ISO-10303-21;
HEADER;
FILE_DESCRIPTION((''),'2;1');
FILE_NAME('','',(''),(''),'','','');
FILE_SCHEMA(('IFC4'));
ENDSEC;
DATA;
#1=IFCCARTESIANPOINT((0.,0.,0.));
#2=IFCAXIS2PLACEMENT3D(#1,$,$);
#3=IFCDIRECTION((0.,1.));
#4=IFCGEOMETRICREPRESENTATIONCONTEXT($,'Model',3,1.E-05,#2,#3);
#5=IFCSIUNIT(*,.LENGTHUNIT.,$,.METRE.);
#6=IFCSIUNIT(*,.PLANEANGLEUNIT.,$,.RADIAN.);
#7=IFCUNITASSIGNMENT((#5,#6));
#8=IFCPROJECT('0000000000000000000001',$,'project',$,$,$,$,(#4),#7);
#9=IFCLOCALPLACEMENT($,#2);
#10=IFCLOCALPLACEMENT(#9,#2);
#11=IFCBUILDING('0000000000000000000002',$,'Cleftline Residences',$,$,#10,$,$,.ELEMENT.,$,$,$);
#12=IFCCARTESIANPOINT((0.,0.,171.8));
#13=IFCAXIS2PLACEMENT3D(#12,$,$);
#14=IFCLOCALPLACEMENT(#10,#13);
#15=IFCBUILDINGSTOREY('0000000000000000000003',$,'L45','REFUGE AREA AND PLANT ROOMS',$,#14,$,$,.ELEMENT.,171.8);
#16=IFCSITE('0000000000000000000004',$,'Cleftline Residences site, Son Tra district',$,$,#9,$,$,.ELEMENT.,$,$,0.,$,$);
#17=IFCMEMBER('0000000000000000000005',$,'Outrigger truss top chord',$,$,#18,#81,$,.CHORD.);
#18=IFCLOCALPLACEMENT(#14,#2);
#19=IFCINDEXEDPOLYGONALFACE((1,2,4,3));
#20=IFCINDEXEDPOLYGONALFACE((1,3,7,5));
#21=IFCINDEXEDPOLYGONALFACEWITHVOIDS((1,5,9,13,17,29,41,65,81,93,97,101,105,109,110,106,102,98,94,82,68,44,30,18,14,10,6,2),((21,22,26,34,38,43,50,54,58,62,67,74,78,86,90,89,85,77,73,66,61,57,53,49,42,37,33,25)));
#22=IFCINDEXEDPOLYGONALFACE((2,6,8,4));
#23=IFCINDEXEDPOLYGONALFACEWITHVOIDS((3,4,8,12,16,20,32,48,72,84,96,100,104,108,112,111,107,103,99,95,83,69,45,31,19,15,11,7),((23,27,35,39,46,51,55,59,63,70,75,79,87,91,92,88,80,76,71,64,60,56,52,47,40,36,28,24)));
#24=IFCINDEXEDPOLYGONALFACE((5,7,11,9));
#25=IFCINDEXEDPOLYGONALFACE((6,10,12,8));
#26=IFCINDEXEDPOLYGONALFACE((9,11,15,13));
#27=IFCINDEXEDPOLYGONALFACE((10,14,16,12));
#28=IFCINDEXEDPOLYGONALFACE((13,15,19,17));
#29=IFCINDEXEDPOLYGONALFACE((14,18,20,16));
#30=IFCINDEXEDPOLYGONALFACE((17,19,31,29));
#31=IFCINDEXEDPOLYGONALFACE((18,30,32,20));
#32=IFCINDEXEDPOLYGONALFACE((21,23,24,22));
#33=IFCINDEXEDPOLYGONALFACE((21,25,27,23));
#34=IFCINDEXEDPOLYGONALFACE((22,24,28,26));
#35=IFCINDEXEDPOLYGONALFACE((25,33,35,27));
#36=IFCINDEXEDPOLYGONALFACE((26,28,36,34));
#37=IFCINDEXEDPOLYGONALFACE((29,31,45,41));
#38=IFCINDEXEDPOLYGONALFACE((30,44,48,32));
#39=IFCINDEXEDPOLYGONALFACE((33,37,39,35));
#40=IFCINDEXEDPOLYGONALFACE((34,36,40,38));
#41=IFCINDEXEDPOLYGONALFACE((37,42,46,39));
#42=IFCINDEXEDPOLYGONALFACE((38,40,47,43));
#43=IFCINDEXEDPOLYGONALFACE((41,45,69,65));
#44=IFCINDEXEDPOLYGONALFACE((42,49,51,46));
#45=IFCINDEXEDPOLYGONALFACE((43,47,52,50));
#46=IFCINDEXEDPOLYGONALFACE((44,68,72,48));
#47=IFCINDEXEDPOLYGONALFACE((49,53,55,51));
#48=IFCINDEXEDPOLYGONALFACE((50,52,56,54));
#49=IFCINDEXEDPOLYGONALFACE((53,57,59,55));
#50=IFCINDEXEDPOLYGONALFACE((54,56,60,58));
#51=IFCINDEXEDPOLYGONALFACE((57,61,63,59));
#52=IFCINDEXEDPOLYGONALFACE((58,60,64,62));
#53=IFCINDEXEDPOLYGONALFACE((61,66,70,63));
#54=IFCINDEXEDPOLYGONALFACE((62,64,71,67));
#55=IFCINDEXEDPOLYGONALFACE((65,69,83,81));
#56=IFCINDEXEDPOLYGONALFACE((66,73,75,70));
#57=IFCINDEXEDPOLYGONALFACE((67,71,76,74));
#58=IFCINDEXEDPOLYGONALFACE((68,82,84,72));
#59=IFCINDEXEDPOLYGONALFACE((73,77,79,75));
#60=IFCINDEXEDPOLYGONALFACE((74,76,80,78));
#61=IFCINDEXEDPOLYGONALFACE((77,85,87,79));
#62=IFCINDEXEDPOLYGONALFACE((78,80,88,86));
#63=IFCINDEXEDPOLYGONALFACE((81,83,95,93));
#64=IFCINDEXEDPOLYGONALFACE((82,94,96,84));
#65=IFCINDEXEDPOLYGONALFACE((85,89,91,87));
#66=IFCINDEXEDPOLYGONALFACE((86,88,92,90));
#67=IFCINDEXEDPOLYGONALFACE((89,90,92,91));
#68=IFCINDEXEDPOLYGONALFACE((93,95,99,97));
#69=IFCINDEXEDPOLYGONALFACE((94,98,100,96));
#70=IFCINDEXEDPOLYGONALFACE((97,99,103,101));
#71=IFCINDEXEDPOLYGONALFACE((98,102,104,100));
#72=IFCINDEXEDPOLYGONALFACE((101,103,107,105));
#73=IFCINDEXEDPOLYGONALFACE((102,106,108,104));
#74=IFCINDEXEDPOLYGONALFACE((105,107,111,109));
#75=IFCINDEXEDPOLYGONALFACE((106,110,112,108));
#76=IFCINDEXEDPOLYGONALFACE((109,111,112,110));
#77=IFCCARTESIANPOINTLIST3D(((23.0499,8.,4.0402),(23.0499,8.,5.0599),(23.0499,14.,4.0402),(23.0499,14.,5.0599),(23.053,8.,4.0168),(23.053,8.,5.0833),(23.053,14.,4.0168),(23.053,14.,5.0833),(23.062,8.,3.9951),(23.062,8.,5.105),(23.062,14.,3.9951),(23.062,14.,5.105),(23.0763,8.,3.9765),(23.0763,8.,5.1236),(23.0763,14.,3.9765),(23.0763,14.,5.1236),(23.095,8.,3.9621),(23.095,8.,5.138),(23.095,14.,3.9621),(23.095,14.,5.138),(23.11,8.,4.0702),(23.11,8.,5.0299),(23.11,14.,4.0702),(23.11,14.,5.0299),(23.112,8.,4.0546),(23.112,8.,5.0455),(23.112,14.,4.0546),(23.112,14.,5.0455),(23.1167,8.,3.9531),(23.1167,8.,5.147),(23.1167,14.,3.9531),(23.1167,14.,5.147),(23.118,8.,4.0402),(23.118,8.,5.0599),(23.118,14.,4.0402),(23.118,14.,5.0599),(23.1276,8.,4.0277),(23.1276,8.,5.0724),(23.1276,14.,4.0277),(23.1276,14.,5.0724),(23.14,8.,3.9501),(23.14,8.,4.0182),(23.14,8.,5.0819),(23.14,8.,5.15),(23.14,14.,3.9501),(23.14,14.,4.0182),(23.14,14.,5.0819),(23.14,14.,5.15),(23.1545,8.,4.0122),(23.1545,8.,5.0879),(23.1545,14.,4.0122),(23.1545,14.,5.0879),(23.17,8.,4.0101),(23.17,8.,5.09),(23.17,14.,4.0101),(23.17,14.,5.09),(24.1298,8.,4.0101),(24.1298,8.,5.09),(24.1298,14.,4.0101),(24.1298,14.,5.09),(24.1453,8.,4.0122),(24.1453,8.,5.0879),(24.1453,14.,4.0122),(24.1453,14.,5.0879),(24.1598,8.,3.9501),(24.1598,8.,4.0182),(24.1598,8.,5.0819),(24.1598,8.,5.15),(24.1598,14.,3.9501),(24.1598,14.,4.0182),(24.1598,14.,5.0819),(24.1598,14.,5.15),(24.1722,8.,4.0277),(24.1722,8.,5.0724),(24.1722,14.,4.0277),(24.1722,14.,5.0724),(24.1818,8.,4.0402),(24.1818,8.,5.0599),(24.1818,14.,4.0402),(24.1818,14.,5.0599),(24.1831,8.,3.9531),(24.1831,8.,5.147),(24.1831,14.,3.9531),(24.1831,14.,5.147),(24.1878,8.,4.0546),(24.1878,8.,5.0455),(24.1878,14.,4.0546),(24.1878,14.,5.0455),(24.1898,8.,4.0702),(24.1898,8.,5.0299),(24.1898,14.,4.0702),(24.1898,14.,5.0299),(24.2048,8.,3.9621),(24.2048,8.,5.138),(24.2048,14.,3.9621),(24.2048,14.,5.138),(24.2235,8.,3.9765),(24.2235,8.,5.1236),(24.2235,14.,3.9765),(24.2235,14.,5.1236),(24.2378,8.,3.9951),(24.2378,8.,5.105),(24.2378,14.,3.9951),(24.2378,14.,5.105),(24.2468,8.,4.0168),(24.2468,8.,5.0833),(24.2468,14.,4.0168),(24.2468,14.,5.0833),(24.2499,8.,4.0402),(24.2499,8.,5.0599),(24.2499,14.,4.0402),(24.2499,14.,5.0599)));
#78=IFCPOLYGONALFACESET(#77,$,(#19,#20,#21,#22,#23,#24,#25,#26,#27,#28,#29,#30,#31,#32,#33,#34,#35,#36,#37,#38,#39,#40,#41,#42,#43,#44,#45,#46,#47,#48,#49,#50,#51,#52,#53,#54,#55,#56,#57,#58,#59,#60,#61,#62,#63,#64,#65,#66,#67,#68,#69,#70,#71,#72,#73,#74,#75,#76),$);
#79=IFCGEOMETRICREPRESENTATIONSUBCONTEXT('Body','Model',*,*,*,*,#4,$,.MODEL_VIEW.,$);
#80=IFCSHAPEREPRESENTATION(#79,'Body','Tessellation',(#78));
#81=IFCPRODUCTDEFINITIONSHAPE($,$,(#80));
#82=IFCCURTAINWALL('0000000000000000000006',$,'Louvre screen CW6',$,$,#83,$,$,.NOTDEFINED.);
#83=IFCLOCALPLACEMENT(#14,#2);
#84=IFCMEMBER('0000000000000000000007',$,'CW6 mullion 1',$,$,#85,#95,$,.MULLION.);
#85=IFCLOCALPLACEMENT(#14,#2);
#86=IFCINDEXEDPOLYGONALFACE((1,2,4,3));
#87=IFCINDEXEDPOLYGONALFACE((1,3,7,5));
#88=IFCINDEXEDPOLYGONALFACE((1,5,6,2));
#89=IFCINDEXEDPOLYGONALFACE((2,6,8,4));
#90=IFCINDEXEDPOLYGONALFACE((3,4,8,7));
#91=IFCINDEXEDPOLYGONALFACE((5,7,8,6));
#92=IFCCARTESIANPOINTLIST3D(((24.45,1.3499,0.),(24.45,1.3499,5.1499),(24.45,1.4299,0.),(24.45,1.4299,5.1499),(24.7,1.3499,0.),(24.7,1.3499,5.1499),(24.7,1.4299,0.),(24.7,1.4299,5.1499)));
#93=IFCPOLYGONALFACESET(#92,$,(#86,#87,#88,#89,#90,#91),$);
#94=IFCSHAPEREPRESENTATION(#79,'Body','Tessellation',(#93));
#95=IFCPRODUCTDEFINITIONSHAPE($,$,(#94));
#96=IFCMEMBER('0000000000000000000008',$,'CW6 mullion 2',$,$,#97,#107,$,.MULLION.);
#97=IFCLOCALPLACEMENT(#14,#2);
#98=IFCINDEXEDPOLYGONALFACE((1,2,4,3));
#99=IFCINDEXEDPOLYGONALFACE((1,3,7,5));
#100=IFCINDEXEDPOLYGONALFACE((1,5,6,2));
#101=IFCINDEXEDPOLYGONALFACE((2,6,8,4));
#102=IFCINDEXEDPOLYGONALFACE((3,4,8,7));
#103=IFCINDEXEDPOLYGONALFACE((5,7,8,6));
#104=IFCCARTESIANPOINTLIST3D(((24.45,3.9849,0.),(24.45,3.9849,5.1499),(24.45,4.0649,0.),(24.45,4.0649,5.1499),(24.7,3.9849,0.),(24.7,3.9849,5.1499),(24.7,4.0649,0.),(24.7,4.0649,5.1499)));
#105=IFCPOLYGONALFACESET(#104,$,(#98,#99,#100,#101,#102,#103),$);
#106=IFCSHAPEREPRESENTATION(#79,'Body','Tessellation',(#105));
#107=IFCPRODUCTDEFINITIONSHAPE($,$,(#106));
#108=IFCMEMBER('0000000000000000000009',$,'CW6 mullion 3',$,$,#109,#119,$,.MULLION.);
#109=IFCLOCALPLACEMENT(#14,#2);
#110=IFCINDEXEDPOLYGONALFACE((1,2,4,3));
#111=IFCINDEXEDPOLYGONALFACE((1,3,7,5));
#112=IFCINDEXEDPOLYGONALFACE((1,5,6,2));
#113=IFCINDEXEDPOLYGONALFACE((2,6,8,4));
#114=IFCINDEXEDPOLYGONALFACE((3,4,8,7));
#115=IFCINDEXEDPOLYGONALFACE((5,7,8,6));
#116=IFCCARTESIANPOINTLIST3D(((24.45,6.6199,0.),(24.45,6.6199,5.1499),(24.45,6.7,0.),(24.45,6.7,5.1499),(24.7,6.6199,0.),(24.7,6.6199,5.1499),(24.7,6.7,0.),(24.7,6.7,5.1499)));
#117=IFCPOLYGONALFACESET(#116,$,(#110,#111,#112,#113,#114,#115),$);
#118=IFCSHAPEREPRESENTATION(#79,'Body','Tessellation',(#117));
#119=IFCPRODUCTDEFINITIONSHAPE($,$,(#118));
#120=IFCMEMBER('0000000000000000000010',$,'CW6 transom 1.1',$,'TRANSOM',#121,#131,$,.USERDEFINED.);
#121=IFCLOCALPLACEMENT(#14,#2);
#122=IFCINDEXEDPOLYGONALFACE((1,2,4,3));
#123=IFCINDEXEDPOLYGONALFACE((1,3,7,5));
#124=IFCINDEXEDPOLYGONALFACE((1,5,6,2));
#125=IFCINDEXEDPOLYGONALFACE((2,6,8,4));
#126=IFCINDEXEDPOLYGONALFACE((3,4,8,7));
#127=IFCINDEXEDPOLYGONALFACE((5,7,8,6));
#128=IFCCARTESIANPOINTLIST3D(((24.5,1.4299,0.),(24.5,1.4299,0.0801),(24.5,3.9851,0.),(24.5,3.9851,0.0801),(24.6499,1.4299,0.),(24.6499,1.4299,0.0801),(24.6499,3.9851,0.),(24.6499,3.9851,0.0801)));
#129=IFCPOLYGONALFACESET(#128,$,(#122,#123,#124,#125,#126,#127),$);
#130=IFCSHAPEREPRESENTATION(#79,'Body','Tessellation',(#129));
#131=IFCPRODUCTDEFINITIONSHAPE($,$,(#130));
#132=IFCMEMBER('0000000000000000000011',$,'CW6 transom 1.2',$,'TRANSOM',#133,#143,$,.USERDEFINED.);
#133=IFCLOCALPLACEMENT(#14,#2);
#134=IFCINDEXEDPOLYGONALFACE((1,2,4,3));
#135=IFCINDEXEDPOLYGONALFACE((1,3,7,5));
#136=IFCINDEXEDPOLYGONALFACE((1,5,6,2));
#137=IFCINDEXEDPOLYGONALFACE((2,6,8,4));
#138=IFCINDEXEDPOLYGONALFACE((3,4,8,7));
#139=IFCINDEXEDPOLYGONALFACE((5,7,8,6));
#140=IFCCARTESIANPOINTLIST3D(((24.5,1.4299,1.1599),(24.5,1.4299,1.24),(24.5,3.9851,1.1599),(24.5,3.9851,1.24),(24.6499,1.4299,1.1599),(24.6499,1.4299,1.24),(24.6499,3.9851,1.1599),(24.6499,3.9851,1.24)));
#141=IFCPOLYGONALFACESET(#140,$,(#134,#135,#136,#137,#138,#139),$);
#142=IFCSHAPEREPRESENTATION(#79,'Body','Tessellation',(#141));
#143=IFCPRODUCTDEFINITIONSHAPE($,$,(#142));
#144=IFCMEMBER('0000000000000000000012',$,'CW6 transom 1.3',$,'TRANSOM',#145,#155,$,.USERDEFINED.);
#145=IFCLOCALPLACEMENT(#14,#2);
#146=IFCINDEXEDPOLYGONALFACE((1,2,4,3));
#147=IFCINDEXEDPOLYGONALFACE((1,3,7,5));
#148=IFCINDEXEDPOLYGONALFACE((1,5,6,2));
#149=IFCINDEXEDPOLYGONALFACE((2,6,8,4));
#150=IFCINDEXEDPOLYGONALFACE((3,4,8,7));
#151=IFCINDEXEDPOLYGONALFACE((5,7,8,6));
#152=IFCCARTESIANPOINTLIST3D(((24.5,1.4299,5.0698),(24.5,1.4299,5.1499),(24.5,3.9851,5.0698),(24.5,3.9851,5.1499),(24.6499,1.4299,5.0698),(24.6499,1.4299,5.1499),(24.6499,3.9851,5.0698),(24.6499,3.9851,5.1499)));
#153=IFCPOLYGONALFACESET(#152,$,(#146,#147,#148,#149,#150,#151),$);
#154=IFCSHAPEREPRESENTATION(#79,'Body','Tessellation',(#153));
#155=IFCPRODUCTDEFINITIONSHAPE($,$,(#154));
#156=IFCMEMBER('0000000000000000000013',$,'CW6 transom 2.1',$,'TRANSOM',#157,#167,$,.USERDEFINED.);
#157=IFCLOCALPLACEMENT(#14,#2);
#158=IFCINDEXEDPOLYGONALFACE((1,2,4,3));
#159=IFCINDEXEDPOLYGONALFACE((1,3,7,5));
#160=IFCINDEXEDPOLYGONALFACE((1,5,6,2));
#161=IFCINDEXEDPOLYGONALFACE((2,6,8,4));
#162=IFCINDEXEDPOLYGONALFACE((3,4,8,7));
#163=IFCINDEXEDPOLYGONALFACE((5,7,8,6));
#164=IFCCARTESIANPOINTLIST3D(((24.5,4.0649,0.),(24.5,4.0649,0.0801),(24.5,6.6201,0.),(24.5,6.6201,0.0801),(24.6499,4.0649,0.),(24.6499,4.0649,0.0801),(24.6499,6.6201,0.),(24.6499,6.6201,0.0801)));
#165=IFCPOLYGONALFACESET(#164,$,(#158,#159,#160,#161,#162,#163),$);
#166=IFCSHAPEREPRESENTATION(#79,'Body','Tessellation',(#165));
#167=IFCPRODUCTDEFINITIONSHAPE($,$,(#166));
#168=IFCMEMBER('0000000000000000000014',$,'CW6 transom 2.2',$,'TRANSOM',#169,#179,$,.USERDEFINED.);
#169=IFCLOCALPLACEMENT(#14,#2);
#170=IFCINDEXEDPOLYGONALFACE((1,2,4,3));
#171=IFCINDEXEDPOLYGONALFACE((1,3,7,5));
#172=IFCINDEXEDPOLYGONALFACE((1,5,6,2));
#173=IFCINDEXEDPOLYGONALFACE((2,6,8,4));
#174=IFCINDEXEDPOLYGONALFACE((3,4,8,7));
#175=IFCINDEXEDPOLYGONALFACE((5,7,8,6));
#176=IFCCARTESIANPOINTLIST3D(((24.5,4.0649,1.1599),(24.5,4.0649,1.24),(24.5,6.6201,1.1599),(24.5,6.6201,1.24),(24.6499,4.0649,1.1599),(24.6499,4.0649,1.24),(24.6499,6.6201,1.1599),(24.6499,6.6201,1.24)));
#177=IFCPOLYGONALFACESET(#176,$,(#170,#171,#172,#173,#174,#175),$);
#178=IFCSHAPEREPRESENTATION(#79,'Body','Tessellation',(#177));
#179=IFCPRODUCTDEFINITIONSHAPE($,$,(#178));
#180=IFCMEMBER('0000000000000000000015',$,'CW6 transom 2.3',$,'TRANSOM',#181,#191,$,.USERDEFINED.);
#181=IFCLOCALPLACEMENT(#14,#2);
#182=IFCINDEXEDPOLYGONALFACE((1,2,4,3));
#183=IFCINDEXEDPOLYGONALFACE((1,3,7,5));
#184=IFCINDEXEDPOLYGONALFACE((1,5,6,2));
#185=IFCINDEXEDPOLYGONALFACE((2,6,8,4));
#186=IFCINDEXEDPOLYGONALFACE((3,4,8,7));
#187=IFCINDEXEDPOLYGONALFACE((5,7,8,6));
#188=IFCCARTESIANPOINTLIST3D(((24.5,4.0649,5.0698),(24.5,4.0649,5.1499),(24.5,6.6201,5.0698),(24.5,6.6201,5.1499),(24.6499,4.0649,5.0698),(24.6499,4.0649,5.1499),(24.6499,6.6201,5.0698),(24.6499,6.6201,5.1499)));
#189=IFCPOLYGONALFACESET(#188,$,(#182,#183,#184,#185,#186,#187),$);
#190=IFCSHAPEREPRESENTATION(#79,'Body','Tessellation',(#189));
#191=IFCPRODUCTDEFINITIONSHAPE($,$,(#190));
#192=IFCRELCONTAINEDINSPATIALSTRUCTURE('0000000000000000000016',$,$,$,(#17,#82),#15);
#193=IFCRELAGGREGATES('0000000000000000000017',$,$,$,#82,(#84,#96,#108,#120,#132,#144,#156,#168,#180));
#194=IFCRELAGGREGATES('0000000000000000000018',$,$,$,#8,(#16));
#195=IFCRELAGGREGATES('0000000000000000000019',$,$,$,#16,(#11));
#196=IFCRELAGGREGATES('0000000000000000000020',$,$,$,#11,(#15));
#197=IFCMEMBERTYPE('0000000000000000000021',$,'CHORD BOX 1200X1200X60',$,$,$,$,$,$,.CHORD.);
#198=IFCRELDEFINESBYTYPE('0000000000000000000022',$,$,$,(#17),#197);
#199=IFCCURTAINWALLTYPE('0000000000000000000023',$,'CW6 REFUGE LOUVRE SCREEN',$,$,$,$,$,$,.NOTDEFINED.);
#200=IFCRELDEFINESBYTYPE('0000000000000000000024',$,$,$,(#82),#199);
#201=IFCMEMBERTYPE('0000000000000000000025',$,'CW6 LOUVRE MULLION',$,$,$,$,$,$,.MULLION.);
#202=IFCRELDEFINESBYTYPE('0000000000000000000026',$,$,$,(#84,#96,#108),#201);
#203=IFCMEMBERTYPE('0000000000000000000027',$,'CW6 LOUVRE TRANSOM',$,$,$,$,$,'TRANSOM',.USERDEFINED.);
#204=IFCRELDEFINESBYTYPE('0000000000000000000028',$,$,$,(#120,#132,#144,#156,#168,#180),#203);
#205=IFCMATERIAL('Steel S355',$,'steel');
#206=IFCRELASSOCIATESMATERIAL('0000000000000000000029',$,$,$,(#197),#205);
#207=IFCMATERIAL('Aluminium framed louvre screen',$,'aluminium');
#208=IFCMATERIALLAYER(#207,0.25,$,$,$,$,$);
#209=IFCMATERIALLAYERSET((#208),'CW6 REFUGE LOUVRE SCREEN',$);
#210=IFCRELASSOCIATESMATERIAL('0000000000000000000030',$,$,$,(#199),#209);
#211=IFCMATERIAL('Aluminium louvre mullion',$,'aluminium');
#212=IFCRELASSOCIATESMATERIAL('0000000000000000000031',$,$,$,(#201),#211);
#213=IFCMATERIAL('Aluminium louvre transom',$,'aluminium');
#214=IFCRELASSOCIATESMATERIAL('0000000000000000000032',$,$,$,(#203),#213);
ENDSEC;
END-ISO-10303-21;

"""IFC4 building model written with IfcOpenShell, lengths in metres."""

from ifc_helpers import new_model, si_unit, direction, frame, origin, origin_2d, place, context, subcontext, project, spatial, rectangle, hollow_rectangle, extrude, material, layer, layer_set, material_profile, profile_set, type_object, element, aggregate, save


model = new_model("IFC4")

# Units and contexts
model_context = context("Model", 3, precision=1e-05, world=origin(), true_north=direction((0.0, 1.0)))
body_context = subcontext(model_context, "Body", "Model", "MODEL_VIEW")
ifc_project = project(units=[si_unit("LENGTHUNIT", "METRE"), si_unit("PLANEANGLEUNIT", "RADIAN")], contexts=[model_context])

# Site, building, storey
site_placement = place(None, origin())
site = spatial("IfcSite", under=ifc_project, at=site_placement, Name="Cleftline Residences site, Son Tra district", CompositionType="ELEMENT", RefElevation=0.0)
building_placement = place(site_placement, origin())
building = spatial("IfcBuilding", under=site, at=building_placement, Name="Cleftline Residences", CompositionType="ELEMENT")
storey_placement = place(building_placement, frame((0.0, 0.0, 171.8)))
storey = spatial("IfcBuildingStorey", under=building, at=storey_placement, Name="L45", Description="REFUGE AREA AND PLANT ROOMS", CompositionType="ELEMENT", Elevation=171.8)

# Member
ifc_material_1 = material(Name="Steel S355", Category="steel")
ifc_material_profile_1 = material_profile(ifc_material_1, hollow_rectangle(XDim=1.2, YDim=1.2, WallThickness=0.0601, InnerFilletRadius=0.0601, OuterFilletRadius=0.0901, at=origin_2d()))
ifc_profile_set_1 = profile_set([ifc_material_profile_1], Name="Steel S355")
member_type_1 = type_object("IfcMemberType", Name="CHORD BOX 1200X1200X60", PredefinedType="CHORD", material=ifc_profile_set_1)
for number, where, z_axis, x_axis, name in (
    (1, (23.6499, 8.0, 4.55), (0.0, 1.0, 0.0), (-1.0, 0.0, 0.0), "Outrigger truss top chord"),
):
    element("IfcMember", number, at=place(storey_placement, frame(where, z_axis=z_axis, x_axis=x_axis)), inside=storey, type_object=member_type_1, Name=name, PredefinedType="CHORD", context=body_context, shape_type="SweptSolid", body=[
        extrude(hollow_rectangle(XDim=1.2, YDim=1.2, WallThickness=0.0601, InnerFilletRadius=0.0601, OuterFilletRadius=0.0901, at=origin_2d()), origin(), (0.0, 0.0, 1.0), 6.0),
    ])

# Curtain wall, members
ifc_material_2 = material(Name="Aluminium framed louvre screen", Category="aluminium")
ifc_layer_1 = layer(ifc_material_2, 0.25)
ifc_layer_set_1 = layer_set([ifc_layer_1], Name="CW6 REFUGE LOUVRE SCREEN")
curtain_wall_type = type_object("IfcCurtainWallType", Name="CW6 REFUGE LOUVRE SCREEN", PredefinedType="NOTDEFINED", material=ifc_layer_set_1)
curtain_wall_placement = place(storey_placement, origin())
curtain_wall = element("IfcCurtainWall", 2, at=curtain_wall_placement, inside=storey, type_object=curtain_wall_type, Name="Louvre screen CW6", PredefinedType="NOTDEFINED")
ifc_material_3 = material(Name="Aluminium louvre mullion", Category="aluminium")
ifc_material_profile_2 = material_profile(ifc_material_3, rectangle(XDim=0.25, YDim=0.0801, at=origin_2d()))
ifc_profile_set_2 = profile_set([ifc_material_profile_2], Name="Aluminium louvre mullion")
member_type_2 = type_object("IfcMemberType", Name="CW6 LOUVRE MULLION", PredefinedType="MULLION", material=ifc_profile_set_2)
member_1_placement = place(storey_placement, frame((24.575, 1.3899, 0.0), z_axis=(0.0, 0.0, 1.0), x_axis=(-1.0, 0.0, 0.0)))
member_1 = element("IfcMember", 3, at=member_1_placement, type_object=member_type_2, Name="CW6 mullion 1", PredefinedType="MULLION", context=body_context, shape_type="SweptSolid", body=[
    extrude(rectangle(XDim=0.25, YDim=0.0801, at=origin_2d()), origin(), (0.0, 0.0, 1.0), 5.1499),
])
member_2_placement = place(storey_placement, frame((24.575, 4.0249, 0.0), z_axis=(0.0, 0.0, 1.0), x_axis=(-1.0, 0.0, 0.0)))
member_2 = element("IfcMember", 4, at=member_2_placement, type_object=member_type_2, Name="CW6 mullion 2", PredefinedType="MULLION", context=body_context, shape_type="SweptSolid", body=[
    extrude(rectangle(XDim=0.25, YDim=0.0801, at=origin_2d()), origin(), (0.0, 0.0, 1.0), 5.1499),
])
member_3_placement = place(storey_placement, frame((24.575, 6.6599, 0.0), z_axis=(0.0, 0.0, 1.0), x_axis=(-1.0, 0.0, 0.0)))
member_3 = element("IfcMember", 5, at=member_3_placement, type_object=member_type_2, Name="CW6 mullion 3", PredefinedType="MULLION", context=body_context, shape_type="SweptSolid", body=[
    extrude(rectangle(XDim=0.25, YDim=0.0801, at=origin_2d()), origin(), (0.0, 0.0, 1.0), 5.1499),
])
ifc_material_4 = material(Name="Aluminium louvre transom", Category="aluminium")
ifc_material_profile_3 = material_profile(ifc_material_4, rectangle(XDim=0.1499, YDim=0.0801, at=origin_2d()))
ifc_profile_set_3 = profile_set([ifc_material_profile_3], Name="Aluminium louvre transom")
member_type_3 = type_object("IfcMemberType", Name="CW6 LOUVRE TRANSOM", ElementType="TRANSOM", PredefinedType="USERDEFINED", material=ifc_profile_set_3)
member_4_placement = place(storey_placement, frame((24.575, 1.4299, 0.04), z_axis=(0.0, 1.0, 0.0), x_axis=(-1.0, 0.0, 0.0)))
member_4 = element("IfcMember", 6, at=member_4_placement, type_object=member_type_3, Name="CW6 transom 1.1", ObjectType="TRANSOM", PredefinedType="USERDEFINED", context=body_context, shape_type="SweptSolid", body=[
    extrude(rectangle(XDim=0.1499, YDim=0.0801, at=origin_2d()), origin(), (0.0, 0.0, 1.0), 2.5552),
])
member_5_placement = place(storey_placement, frame((24.575, 1.4299, 1.2), z_axis=(0.0, 1.0, 0.0), x_axis=(-1.0, 0.0, 0.0)))
member_5 = element("IfcMember", 7, at=member_5_placement, type_object=member_type_3, Name="CW6 transom 1.2", ObjectType="TRANSOM", PredefinedType="USERDEFINED", context=body_context, shape_type="SweptSolid", body=[
    extrude(rectangle(XDim=0.1499, YDim=0.0801, at=origin_2d()), origin(), (0.0, 0.0, 1.0), 2.5552),
])
member_6_placement = place(storey_placement, frame((24.575, 1.4299, 5.1099), z_axis=(0.0, 1.0, 0.0), x_axis=(-1.0, 0.0, 0.0)))
member_6 = element("IfcMember", 8, at=member_6_placement, type_object=member_type_3, Name="CW6 transom 1.3", ObjectType="TRANSOM", PredefinedType="USERDEFINED", context=body_context, shape_type="SweptSolid", body=[
    extrude(rectangle(XDim=0.1499, YDim=0.0801, at=origin_2d()), origin(), (0.0, 0.0, 1.0), 2.5552),
])
member_7_placement = place(storey_placement, frame((24.575, 4.0649, 0.04), z_axis=(0.0, 1.0, 0.0), x_axis=(-1.0, 0.0, 0.0)))
member_7 = element("IfcMember", 9, at=member_7_placement, type_object=member_type_3, Name="CW6 transom 2.1", ObjectType="TRANSOM", PredefinedType="USERDEFINED", context=body_context, shape_type="SweptSolid", body=[
    extrude(rectangle(XDim=0.1499, YDim=0.0801, at=origin_2d()), origin(), (0.0, 0.0, 1.0), 2.5552),
])
member_8_placement = place(storey_placement, frame((24.575, 4.0649, 1.2), z_axis=(0.0, 1.0, 0.0), x_axis=(-1.0, 0.0, 0.0)))
member_8 = element("IfcMember", 10, at=member_8_placement, type_object=member_type_3, Name="CW6 transom 2.2", ObjectType="TRANSOM", PredefinedType="USERDEFINED", context=body_context, shape_type="SweptSolid", body=[
    extrude(rectangle(XDim=0.1499, YDim=0.0801, at=origin_2d()), origin(), (0.0, 0.0, 1.0), 2.5552),
])
member_9_placement = place(storey_placement, frame((24.575, 4.0649, 5.1099), z_axis=(0.0, 1.0, 0.0), x_axis=(-1.0, 0.0, 0.0)))
member_9 = element("IfcMember", 11, at=member_9_placement, type_object=member_type_3, Name="CW6 transom 2.3", ObjectType="TRANSOM", PredefinedType="USERDEFINED", context=body_context, shape_type="SweptSolid", body=[
    extrude(rectangle(XDim=0.1499, YDim=0.0801, at=origin_2d()), origin(), (0.0, 0.0, 1.0), 2.5552),
])
aggregate(curtain_wall, [member_1, member_2, member_3, member_4, member_5, member_6, member_7, member_8, member_9])

save(model, "model.ifc")
